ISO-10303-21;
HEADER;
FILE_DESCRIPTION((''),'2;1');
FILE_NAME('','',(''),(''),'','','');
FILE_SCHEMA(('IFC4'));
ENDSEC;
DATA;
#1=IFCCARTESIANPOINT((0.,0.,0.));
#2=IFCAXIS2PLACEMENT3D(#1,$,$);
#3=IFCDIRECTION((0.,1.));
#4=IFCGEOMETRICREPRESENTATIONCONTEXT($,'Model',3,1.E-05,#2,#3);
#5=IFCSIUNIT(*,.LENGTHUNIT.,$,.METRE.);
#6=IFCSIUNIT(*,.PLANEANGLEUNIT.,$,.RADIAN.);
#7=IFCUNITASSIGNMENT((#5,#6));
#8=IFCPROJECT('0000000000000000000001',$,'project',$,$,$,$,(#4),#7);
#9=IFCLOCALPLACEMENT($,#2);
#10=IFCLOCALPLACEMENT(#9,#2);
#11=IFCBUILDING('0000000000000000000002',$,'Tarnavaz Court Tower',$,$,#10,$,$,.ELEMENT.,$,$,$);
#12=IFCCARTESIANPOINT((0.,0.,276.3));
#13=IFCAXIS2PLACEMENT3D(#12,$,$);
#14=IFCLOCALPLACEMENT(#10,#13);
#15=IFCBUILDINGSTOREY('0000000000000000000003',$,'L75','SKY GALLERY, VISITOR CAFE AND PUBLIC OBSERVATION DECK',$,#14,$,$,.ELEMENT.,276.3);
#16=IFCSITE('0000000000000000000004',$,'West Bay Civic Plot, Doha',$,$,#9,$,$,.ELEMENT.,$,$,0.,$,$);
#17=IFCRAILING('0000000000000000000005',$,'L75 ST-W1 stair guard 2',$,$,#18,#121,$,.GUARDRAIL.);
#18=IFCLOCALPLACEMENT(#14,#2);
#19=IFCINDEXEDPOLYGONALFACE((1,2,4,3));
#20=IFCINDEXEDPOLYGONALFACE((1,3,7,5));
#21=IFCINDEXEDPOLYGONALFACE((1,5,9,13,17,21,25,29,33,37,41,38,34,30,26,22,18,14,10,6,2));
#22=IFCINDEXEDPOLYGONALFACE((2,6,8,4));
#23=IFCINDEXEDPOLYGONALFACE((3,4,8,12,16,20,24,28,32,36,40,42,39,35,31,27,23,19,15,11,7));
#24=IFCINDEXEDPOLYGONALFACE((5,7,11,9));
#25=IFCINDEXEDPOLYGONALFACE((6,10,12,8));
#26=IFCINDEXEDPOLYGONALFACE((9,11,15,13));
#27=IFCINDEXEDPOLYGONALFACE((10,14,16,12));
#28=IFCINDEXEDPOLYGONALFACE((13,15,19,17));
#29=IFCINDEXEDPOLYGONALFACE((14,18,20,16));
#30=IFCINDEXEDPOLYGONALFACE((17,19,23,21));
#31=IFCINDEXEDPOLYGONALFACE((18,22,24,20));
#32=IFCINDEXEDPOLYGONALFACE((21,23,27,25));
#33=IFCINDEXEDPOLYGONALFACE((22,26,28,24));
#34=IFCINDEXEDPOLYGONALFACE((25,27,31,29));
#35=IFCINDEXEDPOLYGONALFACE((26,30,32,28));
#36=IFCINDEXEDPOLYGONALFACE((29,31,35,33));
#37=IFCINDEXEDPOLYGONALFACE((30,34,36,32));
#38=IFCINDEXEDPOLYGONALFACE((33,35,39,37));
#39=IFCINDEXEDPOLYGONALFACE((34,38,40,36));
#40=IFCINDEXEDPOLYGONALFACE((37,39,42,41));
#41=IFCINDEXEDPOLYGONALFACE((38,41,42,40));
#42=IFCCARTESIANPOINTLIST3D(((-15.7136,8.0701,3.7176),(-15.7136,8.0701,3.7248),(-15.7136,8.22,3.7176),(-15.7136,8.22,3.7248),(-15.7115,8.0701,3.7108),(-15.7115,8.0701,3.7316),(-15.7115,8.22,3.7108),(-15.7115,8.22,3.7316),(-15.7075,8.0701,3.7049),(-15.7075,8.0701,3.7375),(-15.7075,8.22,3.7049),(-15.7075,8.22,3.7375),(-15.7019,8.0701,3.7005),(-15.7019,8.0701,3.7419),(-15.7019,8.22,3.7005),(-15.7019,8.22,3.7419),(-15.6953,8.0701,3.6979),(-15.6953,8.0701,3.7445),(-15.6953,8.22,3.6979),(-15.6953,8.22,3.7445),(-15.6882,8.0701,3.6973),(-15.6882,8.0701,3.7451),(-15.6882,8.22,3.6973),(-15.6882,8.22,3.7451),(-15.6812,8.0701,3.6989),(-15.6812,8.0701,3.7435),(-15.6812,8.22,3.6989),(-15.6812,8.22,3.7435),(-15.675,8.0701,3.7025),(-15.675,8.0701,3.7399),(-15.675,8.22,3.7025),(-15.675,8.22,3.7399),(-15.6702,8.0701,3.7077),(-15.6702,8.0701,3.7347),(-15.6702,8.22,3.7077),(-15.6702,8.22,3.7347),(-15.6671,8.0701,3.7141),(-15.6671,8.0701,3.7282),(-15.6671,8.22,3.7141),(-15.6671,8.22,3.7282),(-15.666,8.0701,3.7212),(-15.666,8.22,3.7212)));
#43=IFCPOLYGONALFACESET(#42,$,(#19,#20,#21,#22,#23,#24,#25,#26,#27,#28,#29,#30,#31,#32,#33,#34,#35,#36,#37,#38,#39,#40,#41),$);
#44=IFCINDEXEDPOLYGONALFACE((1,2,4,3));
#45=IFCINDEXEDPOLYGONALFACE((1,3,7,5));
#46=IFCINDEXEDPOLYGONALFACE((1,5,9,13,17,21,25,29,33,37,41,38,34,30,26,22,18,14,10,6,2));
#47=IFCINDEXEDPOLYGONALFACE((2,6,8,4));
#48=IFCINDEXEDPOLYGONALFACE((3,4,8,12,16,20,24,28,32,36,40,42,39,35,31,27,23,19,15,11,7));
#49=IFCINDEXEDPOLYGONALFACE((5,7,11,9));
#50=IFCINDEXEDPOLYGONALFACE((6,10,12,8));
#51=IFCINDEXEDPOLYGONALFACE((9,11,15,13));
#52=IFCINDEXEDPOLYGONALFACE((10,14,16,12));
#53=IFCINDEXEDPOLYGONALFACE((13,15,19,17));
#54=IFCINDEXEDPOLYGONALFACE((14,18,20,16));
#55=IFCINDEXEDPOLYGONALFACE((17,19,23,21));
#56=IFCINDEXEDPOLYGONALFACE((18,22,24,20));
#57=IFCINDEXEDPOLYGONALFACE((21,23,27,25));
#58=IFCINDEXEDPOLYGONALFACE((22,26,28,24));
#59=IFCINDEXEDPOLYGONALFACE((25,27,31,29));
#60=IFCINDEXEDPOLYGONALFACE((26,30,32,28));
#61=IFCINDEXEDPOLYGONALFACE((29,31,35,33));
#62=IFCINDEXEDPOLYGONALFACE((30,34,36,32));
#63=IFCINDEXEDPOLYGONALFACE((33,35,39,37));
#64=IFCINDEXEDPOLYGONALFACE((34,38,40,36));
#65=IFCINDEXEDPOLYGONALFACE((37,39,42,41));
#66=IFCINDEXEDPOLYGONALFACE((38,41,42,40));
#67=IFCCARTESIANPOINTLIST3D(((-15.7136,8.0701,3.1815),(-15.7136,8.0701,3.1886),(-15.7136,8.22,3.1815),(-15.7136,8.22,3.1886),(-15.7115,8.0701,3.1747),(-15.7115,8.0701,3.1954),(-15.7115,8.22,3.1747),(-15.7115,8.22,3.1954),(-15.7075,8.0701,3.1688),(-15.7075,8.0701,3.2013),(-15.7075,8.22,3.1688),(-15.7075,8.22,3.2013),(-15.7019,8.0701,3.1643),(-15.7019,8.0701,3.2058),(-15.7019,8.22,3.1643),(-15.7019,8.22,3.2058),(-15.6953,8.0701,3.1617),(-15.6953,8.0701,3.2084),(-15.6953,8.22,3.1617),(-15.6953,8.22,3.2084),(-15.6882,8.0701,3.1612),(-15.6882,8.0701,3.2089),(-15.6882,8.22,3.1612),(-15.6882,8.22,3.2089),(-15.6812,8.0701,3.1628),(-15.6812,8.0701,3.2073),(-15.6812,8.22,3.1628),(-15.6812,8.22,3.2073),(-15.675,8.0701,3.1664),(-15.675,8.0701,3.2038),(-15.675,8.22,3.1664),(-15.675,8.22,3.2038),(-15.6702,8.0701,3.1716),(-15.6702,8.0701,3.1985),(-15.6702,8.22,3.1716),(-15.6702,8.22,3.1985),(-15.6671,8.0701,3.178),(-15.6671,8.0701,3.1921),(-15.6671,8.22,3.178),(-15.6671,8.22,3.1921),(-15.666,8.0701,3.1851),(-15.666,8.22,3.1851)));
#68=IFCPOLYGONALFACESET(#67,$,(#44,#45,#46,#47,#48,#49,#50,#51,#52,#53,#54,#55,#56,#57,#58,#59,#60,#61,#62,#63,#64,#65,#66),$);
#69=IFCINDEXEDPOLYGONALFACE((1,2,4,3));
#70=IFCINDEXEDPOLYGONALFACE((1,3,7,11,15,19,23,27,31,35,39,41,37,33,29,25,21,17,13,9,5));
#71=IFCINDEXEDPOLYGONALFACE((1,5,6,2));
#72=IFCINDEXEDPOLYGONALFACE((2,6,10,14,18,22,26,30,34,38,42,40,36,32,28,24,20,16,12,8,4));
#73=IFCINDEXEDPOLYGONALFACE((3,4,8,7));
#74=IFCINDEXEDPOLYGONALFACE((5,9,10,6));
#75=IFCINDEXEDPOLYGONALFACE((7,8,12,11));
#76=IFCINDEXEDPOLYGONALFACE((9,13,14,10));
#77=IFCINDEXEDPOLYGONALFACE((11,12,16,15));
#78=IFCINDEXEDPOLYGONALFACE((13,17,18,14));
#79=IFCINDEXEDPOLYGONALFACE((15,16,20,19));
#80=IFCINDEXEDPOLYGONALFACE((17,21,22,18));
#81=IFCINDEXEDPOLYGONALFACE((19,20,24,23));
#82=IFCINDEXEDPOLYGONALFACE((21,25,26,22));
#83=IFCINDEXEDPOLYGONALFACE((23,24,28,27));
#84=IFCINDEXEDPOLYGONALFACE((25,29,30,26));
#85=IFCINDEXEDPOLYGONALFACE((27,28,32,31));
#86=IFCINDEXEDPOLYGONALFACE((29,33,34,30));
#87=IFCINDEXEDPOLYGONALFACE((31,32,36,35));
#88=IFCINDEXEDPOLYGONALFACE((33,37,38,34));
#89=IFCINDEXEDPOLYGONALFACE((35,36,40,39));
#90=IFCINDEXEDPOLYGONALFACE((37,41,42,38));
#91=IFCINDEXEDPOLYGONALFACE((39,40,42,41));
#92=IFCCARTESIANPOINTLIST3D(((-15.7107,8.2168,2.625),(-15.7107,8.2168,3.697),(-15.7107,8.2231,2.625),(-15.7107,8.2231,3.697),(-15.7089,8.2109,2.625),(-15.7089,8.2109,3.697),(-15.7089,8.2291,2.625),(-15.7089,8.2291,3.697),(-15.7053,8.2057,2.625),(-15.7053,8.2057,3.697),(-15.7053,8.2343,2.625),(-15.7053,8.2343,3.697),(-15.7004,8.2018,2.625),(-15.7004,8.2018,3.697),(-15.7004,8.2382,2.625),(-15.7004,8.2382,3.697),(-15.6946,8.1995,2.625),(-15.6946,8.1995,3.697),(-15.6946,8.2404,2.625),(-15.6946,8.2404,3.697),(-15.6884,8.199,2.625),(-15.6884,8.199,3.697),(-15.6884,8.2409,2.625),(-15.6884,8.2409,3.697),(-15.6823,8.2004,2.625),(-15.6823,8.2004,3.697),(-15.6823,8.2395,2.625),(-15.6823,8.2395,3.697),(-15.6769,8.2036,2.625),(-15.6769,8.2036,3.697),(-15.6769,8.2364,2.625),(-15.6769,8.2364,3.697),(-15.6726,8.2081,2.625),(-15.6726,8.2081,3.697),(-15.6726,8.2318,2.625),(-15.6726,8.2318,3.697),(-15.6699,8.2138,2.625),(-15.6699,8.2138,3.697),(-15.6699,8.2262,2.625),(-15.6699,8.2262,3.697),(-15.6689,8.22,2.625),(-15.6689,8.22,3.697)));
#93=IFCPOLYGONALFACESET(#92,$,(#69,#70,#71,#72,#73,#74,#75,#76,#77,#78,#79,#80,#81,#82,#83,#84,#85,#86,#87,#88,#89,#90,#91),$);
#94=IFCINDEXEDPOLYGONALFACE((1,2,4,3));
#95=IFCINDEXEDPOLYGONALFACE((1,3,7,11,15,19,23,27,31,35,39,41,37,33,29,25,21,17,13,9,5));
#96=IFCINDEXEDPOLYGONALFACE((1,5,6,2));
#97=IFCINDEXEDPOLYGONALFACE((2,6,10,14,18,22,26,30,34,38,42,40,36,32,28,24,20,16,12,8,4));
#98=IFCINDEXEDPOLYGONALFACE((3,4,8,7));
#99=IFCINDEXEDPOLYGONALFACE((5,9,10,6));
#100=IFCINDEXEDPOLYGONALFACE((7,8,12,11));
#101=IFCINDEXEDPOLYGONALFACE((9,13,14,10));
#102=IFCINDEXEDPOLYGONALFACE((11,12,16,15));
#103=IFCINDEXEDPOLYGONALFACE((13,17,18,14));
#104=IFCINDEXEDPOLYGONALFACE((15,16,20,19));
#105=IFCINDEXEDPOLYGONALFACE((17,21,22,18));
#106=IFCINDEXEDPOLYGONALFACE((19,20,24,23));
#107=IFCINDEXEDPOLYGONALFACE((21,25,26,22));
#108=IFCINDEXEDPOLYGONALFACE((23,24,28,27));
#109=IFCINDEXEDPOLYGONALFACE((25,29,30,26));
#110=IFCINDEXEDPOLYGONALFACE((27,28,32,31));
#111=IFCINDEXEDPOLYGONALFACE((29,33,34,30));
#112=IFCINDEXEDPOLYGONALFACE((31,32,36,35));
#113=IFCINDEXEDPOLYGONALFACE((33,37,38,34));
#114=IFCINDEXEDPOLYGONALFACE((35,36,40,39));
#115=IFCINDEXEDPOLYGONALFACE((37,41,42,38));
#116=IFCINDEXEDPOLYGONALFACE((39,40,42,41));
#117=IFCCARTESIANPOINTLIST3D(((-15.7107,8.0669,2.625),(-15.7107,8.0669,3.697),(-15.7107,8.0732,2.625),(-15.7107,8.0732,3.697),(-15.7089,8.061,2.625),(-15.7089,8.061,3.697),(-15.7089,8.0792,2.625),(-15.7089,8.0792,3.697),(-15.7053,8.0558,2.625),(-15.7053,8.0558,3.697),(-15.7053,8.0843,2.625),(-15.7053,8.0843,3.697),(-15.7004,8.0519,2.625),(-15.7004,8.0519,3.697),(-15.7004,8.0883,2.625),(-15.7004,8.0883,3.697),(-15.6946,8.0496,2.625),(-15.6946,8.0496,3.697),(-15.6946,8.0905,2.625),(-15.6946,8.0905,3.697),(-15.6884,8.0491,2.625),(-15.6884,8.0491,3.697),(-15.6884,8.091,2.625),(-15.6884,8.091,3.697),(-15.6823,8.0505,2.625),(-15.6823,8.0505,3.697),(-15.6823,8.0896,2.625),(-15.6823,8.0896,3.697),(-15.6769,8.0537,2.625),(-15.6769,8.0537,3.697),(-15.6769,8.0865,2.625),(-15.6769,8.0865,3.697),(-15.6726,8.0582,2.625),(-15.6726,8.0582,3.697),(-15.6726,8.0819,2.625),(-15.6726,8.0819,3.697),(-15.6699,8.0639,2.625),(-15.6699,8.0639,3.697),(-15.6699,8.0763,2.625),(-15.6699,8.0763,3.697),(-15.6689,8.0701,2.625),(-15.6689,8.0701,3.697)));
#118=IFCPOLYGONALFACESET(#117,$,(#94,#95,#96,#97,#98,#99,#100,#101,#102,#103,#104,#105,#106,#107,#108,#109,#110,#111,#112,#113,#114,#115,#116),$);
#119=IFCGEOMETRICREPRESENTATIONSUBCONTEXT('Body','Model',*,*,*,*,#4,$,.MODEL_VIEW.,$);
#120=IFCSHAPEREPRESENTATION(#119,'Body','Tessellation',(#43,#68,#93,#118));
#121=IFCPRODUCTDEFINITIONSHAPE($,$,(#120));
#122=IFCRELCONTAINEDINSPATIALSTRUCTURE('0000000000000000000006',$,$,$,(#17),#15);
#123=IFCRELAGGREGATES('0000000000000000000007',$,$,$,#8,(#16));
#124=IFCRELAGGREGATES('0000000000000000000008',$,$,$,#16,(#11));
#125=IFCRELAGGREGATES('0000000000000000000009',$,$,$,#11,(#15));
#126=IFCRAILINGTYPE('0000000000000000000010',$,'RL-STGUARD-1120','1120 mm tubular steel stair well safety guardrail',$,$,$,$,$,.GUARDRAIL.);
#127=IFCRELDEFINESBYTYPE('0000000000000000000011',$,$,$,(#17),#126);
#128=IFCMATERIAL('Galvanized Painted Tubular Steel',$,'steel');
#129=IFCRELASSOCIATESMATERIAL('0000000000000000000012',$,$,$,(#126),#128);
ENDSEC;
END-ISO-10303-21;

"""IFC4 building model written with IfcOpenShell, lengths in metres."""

from ifc_helpers import new_model, si_unit, direction, frame, origin, origin_2d, place, context, subcontext, project, spatial, circle, extrude, material, type_object, element, save


model = new_model("IFC4")

# Units and contexts
model_context = context("Model", 3, precision=1e-05, world=origin(), true_north=direction((0.0, 1.0)))
body_context = subcontext(model_context, "Body", "Model", "MODEL_VIEW")
ifc_project = project(units=[si_unit("LENGTHUNIT", "METRE"), si_unit("PLANEANGLEUNIT", "RADIAN")], contexts=[model_context])

# Site, building, storey
site_placement = place(None, origin())
site = spatial("IfcSite", under=ifc_project, at=site_placement, Name="West Bay Civic Plot, Doha", CompositionType="ELEMENT", RefElevation=0.0)
building_placement = place(site_placement, origin())
building = spatial("IfcBuilding", under=site, at=building_placement, Name="Tarnavaz Court Tower", CompositionType="ELEMENT")
storey_placement = place(building_placement, frame((0.0, 0.0, 276.3)))
storey = spatial("IfcBuildingStorey", under=building, at=storey_placement, Name="L75", Description="SKY GALLERY, VISITOR CAFE AND PUBLIC OBSERVATION DECK", CompositionType="ELEMENT", Elevation=276.3)

# Railing
ifc_material_1 = material(Name="Galvanized Painted Tubular Steel", Category="steel")
railing_type_1 = type_object("IfcRailingType", Name="RL-STGUARD-1120", Description="1120 mm tubular steel stair well safety guardrail", PredefinedType="GUARDRAIL", material=ifc_material_1)
railing_1_placement = place(storey_placement, frame((-15.6899, 8.22, 2.625)))
element("IfcRailing", 1, at=railing_1_placement, inside=storey, type_object=railing_type_1, Name="L75 ST-W1 stair guard 2", PredefinedType="GUARDRAIL", context=body_context, shape_type="SweptSolid", body=[
    extrude(circle(Radius=0.0239, at=origin_2d()), frame((0.0, 0.0, 1.0962), z_axis=(0.0, -1.0, 0.0), x_axis=(1.0, 0.0, 0.0)), (0.0, 0.0, 1.0), 0.1499),
    extrude(circle(Radius=0.0239, at=origin_2d()), frame((0.0, 0.0, 0.5601), z_axis=(0.0, -1.0, 0.0), x_axis=(1.0, 0.0, 0.0)), (0.0, 0.0, 1.0), 0.1499),
    extrude(circle(Radius=0.021, at=origin_2d()), origin(), (0.0, 0.0, 1.0), 1.072),
    extrude(circle(Radius=0.021, at=origin_2d()), frame((0.0, -0.1499, 0.0)), (0.0, 0.0, 1.0), 1.072),
])

save(model, "model.ifc")
